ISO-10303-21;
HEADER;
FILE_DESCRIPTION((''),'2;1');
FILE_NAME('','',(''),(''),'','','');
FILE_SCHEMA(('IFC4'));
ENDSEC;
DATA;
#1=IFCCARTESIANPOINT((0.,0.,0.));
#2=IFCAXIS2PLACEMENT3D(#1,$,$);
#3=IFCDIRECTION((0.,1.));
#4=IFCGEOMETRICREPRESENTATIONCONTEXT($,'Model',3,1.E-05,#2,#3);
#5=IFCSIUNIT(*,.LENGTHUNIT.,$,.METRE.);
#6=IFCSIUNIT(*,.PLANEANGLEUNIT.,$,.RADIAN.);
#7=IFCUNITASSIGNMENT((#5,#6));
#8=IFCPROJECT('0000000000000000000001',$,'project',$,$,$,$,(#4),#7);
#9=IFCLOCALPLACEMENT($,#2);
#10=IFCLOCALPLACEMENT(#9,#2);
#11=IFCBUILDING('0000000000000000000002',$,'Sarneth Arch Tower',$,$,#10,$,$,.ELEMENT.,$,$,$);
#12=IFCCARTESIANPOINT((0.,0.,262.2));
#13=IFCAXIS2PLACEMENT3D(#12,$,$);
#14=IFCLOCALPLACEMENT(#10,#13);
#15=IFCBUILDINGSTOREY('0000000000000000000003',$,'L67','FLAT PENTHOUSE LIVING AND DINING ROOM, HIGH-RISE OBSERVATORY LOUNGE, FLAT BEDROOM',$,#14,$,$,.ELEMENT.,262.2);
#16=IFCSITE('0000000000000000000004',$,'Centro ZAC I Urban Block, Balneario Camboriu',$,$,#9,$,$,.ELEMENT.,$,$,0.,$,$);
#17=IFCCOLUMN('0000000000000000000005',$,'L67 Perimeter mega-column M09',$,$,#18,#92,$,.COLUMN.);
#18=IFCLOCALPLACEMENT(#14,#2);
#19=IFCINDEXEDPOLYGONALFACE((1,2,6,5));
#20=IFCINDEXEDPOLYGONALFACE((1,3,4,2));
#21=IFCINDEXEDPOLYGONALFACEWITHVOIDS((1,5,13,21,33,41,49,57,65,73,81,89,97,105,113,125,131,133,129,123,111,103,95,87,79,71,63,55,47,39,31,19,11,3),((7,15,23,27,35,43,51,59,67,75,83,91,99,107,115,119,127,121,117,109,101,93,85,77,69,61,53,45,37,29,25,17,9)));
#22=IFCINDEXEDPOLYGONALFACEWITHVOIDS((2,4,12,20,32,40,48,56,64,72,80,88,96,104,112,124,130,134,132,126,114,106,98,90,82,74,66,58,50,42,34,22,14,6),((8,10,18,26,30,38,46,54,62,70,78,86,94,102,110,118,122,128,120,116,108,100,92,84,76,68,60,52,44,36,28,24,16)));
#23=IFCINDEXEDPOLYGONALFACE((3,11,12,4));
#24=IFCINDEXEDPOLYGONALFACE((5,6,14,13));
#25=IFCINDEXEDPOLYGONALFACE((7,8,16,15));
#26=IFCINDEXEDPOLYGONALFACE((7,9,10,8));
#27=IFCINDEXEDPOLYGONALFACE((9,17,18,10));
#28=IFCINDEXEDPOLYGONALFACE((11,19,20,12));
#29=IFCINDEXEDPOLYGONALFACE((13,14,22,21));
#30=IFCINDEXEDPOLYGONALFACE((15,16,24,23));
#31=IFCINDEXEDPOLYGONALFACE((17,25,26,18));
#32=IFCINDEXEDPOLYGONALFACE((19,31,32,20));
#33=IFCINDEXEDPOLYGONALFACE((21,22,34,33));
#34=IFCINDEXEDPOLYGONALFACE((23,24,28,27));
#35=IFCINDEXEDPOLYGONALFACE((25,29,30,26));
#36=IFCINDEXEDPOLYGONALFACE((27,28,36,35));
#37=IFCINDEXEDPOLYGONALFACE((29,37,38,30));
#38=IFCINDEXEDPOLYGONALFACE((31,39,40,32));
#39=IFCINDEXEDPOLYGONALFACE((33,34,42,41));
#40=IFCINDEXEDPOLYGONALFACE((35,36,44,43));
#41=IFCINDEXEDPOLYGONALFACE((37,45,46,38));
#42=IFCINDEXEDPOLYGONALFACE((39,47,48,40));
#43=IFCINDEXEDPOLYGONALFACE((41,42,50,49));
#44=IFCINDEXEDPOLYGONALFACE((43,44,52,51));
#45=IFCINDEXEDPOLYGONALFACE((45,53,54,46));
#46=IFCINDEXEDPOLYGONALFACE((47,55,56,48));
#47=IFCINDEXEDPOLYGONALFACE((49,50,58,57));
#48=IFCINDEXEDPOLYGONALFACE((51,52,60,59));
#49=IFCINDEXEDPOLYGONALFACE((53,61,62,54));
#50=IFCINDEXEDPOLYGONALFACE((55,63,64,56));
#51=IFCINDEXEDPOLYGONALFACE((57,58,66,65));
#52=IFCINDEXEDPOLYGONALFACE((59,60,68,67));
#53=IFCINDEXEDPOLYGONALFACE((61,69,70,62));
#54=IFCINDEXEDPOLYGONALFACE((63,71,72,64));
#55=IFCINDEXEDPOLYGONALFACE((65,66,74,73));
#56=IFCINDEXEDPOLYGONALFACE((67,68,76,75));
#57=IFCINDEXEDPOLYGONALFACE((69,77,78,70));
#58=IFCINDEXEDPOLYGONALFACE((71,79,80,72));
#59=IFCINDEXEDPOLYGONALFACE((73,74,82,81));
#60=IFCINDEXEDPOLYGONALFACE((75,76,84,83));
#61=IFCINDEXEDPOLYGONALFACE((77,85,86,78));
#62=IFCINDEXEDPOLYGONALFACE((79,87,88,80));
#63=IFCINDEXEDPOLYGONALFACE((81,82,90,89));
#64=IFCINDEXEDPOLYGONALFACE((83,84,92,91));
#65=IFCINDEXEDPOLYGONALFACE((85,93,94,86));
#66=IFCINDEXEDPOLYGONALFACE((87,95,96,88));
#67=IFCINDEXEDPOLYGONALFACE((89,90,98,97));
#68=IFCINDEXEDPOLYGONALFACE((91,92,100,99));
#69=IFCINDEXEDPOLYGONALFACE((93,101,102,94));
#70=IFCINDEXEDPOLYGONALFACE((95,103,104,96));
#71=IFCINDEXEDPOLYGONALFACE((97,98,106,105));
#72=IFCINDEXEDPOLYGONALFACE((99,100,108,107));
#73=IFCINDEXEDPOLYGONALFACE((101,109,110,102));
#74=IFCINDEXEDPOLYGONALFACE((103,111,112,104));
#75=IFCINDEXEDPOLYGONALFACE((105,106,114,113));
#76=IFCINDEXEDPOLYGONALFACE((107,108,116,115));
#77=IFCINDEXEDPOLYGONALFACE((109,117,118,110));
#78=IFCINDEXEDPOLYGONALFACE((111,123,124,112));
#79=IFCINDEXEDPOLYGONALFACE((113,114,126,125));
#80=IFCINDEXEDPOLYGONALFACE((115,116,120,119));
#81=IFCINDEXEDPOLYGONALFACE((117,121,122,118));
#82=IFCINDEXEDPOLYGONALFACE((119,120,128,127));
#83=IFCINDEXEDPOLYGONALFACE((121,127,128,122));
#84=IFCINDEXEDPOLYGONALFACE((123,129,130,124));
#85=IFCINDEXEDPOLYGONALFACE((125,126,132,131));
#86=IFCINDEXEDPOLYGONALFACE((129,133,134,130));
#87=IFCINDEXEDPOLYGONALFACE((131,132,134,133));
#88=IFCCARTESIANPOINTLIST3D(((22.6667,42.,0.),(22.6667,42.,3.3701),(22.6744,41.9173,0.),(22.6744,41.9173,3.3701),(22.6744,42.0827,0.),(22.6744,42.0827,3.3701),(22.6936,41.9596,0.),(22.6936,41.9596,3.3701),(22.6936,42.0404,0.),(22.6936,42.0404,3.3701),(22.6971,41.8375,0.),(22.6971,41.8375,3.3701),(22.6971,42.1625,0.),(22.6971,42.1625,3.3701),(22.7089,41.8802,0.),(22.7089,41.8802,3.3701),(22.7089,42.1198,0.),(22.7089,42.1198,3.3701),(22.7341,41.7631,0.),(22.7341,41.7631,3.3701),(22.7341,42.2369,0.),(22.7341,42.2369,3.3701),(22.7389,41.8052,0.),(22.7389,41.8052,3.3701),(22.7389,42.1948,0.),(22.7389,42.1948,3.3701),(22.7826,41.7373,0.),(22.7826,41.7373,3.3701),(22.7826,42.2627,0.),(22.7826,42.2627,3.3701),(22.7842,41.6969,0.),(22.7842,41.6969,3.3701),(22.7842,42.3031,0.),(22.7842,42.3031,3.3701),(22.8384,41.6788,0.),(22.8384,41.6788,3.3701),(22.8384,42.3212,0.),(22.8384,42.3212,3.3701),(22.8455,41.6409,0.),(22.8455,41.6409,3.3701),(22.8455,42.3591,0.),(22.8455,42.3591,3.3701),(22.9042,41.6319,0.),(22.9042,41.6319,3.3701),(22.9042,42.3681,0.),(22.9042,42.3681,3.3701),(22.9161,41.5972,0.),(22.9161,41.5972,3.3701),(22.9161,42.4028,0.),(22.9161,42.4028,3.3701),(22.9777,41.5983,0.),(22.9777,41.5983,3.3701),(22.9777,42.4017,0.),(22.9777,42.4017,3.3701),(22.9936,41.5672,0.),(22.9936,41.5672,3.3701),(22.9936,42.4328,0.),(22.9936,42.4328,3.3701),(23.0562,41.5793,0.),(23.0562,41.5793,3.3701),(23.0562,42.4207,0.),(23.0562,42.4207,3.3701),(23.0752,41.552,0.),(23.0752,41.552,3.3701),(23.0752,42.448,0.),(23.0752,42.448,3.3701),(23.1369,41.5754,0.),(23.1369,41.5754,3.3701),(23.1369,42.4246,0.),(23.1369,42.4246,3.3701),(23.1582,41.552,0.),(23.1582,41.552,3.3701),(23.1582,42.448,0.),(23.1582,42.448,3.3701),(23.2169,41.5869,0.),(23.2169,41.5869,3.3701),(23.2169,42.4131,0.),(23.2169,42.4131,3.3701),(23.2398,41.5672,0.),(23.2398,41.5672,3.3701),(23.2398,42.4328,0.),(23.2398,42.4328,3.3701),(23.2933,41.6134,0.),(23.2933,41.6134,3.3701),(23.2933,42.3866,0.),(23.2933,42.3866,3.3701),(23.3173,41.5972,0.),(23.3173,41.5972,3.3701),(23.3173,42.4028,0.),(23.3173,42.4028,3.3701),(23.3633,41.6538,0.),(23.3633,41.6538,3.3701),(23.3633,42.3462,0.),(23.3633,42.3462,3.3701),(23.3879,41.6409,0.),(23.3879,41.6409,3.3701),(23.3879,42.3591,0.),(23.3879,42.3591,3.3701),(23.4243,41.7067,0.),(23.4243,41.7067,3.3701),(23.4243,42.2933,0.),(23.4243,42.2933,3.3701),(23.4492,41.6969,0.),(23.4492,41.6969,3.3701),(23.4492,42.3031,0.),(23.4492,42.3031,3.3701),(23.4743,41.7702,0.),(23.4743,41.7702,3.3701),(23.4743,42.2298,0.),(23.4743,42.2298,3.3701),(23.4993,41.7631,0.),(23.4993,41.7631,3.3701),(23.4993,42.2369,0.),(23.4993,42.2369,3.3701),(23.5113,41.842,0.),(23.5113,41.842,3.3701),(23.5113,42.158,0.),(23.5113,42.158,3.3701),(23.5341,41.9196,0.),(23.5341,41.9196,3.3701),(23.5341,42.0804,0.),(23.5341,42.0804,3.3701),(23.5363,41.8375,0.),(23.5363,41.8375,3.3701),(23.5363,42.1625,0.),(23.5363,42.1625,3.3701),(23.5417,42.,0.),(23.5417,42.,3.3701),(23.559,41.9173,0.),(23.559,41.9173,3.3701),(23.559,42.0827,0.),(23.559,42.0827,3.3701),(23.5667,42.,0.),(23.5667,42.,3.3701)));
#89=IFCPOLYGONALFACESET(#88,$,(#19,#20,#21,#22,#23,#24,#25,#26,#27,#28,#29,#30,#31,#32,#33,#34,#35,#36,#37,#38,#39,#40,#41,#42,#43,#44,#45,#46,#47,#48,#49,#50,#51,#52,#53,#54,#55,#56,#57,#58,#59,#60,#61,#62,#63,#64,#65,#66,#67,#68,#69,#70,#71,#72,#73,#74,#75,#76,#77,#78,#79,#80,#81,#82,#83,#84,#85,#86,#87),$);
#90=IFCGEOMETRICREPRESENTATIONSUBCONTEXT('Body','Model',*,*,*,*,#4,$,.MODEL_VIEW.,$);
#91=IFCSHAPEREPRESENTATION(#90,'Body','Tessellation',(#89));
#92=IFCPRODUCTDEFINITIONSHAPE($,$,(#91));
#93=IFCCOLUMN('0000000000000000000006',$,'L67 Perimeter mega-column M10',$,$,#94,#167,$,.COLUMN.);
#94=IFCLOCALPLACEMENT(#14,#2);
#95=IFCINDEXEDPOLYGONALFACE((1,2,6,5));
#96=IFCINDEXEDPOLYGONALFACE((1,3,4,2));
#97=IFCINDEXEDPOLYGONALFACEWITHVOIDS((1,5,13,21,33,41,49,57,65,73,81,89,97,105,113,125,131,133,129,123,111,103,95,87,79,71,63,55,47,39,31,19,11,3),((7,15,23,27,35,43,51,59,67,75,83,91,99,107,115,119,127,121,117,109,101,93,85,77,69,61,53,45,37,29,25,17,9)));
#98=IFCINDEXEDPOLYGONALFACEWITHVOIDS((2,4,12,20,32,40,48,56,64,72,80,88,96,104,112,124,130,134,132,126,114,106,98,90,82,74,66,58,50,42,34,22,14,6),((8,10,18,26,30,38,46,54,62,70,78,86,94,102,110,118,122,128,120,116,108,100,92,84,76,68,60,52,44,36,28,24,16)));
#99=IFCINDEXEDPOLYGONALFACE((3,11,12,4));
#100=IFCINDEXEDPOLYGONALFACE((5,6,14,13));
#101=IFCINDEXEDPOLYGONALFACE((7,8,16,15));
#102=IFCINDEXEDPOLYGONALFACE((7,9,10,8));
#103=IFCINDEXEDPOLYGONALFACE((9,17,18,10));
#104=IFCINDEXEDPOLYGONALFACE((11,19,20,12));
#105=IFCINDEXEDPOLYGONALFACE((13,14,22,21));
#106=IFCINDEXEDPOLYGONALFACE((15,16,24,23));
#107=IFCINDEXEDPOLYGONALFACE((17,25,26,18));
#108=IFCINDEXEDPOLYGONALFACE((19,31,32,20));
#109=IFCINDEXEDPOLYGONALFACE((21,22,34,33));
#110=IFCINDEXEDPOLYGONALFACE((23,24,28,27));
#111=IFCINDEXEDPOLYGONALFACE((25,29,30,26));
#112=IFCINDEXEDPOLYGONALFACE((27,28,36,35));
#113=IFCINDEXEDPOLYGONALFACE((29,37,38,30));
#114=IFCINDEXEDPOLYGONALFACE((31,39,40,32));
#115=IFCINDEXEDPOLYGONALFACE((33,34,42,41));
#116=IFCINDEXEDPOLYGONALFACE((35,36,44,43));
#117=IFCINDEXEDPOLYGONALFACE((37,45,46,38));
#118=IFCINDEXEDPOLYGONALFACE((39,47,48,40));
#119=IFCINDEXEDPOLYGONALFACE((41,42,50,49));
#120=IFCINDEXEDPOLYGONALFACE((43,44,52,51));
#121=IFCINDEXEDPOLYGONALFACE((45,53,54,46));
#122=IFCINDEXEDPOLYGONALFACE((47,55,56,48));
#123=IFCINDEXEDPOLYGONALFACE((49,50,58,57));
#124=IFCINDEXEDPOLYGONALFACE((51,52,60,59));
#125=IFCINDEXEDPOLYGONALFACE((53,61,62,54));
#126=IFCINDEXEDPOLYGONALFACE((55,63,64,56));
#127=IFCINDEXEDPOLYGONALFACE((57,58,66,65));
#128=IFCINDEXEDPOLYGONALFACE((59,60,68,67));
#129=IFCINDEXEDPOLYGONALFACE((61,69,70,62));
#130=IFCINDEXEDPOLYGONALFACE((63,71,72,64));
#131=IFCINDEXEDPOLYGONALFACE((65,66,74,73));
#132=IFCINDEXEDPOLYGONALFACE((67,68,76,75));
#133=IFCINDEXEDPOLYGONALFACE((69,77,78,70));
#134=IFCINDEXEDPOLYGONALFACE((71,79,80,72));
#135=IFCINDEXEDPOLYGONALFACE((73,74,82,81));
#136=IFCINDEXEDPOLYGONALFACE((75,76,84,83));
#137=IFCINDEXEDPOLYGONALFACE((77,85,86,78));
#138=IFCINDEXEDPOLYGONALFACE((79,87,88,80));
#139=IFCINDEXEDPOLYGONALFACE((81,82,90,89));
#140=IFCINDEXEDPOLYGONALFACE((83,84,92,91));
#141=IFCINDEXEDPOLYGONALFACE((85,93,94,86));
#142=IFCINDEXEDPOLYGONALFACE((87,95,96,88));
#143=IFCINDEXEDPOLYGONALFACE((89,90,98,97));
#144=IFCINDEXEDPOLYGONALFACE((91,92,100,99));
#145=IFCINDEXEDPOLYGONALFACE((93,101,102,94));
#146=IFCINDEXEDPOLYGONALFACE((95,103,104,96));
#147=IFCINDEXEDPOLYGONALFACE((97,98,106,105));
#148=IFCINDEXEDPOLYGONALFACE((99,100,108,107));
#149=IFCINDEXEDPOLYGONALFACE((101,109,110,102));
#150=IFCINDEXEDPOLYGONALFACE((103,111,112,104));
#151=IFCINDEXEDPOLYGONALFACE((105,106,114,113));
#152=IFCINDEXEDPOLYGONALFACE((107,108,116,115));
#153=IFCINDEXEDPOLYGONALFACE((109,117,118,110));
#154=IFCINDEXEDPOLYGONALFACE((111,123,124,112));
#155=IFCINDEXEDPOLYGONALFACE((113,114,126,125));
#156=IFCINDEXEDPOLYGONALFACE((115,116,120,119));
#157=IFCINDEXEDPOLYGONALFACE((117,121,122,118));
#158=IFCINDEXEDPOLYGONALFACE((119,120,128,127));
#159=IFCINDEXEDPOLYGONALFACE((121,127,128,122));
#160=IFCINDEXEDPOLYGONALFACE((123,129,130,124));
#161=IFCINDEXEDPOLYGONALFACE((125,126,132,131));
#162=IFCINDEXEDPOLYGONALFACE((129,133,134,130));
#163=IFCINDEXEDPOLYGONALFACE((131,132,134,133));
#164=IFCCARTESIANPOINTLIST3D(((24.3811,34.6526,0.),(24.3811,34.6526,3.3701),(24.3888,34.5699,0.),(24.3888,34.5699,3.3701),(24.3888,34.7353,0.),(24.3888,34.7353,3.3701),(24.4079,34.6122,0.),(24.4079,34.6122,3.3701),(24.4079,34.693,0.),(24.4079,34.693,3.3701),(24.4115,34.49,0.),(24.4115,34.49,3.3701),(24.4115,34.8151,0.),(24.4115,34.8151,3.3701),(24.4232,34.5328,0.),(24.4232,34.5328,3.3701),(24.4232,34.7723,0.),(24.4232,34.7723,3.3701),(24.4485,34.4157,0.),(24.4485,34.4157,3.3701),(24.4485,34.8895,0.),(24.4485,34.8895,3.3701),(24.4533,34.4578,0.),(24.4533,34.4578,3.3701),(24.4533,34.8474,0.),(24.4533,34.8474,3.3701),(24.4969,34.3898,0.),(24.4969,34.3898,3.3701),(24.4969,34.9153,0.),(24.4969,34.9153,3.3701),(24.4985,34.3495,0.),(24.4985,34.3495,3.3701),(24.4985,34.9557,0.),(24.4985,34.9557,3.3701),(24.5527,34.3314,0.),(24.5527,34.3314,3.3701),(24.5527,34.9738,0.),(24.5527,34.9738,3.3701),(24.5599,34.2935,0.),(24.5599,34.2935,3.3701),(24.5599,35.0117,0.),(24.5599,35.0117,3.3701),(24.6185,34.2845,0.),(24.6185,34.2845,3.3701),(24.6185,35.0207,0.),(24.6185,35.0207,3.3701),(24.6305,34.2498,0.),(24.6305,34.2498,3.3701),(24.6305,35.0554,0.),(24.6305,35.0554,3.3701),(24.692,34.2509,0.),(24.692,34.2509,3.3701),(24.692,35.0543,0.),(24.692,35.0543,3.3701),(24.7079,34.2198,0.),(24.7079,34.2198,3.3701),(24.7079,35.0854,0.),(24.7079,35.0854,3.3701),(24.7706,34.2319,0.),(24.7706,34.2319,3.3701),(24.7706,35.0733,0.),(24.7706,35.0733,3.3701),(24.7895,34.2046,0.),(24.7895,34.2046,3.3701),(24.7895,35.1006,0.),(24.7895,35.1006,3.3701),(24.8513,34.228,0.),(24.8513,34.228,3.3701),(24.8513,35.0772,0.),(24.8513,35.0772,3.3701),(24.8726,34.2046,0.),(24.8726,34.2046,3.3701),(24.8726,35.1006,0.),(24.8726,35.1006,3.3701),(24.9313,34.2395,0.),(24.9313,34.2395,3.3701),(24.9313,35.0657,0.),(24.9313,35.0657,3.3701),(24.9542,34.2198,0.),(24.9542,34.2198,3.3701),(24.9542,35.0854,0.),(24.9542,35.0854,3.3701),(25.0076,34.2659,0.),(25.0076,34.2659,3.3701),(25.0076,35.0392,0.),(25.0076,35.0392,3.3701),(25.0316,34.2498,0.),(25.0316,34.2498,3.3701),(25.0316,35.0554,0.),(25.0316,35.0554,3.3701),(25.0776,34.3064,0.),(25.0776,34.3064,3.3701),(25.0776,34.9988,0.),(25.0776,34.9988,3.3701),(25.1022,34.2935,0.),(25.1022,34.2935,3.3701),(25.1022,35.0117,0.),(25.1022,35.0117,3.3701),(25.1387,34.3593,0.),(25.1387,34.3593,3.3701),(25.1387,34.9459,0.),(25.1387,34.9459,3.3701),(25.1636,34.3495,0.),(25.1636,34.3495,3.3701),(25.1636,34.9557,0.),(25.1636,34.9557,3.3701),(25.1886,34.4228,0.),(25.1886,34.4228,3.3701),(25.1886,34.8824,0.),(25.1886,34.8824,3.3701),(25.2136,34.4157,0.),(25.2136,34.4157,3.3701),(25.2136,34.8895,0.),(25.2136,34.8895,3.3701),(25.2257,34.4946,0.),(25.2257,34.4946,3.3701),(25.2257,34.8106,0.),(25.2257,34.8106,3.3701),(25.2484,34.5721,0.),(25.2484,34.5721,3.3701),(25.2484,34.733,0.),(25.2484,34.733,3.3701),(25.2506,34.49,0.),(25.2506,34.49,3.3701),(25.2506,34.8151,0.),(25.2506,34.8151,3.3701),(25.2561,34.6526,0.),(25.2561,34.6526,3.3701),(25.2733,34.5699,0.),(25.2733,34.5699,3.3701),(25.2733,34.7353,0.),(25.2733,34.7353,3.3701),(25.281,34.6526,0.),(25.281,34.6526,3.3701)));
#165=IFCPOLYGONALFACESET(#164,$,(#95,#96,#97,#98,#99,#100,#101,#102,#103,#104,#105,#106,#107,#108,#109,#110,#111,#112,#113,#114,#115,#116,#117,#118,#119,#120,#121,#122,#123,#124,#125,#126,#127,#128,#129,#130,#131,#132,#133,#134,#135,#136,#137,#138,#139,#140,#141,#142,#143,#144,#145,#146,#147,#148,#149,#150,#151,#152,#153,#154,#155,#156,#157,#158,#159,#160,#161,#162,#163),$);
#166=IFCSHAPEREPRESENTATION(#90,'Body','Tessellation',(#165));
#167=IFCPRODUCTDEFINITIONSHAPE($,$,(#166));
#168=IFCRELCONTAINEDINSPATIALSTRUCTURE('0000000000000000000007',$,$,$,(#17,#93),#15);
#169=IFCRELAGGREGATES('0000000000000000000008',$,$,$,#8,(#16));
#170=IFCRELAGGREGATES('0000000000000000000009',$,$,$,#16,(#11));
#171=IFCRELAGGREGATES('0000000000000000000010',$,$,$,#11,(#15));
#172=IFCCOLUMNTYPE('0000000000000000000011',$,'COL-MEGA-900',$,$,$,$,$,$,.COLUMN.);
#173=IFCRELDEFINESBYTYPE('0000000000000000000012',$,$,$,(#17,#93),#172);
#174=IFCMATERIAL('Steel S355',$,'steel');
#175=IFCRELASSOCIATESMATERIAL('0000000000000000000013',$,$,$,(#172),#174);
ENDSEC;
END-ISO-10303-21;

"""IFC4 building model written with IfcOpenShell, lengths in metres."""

from ifc_helpers import new_model, si_unit, direction, frame, origin, origin_2d, place, context, subcontext, project, spatial, hollow_circle, extrude, material, material_profile, profile_set, type_object, element, save


model = new_model("IFC4")

# Units and contexts
model_context = context("Model", 3, precision=1e-05, world=origin(), true_north=direction((0.0, 1.0)))
body_context = subcontext(model_context, "Body", "Model", "MODEL_VIEW")
ifc_project = project(units=[si_unit("LENGTHUNIT", "METRE"), si_unit("PLANEANGLEUNIT", "RADIAN")], contexts=[model_context])

# Site, building, storey
site_placement = place(None, origin())
site = spatial("IfcSite", under=ifc_project, at=site_placement, Name="Centro ZAC I Urban Block, Balneario Camboriu", CompositionType="ELEMENT", RefElevation=0.0)
building_placement = place(site_placement, origin())
building = spatial("IfcBuilding", under=site, at=building_placement, Name="Sarneth Arch Tower", CompositionType="ELEMENT")
storey_placement = place(building_placement, frame((0.0, 0.0, 262.2)))
storey = spatial("IfcBuildingStorey", under=building, at=storey_placement, Name="L67", Description="FLAT PENTHOUSE LIVING AND DINING ROOM, HIGH-RISE OBSERVATORY LOUNGE, FLAT BEDROOM", CompositionType="ELEMENT", Elevation=262.2)

# Columns
ifc_material_1 = material(Name="Steel S355", Category="steel")
ifc_material_profile_1 = material_profile(ifc_material_1, hollow_circle(Radius=0.45, WallThickness=0.0249, at=origin_2d()), Name="CHS900x25")
ifc_profile_set_1 = profile_set([ifc_material_profile_1], Name="Steel S355")
column_type = type_object("IfcColumnType", Name="COL-MEGA-900", PredefinedType="COLUMN", material=ifc_profile_set_1)
for number, where, z_axis, x_axis, name in (
    (1, (23.1167, 42.0, 0.0), (0.0, 0.0, 1.0), (1.0, 0.0, 0.0), "L67 Perimeter mega-column M09"),
    (2, (24.8311, 34.6526, 0.0), (0.0, 0.0, 1.0), (1.0, 0.0, 0.0), "L67 Perimeter mega-column M10"),
):
    element("IfcColumn", number, at=place(storey_placement, frame(where, z_axis=z_axis, x_axis=x_axis)), inside=storey, type_object=column_type, Name=name, PredefinedType="COLUMN", context=body_context, shape_type="SweptSolid", body=[
        extrude(hollow_circle(Radius=0.45, WallThickness=0.0249, at=origin_2d()), origin(), (0.0, 0.0, 1.0), 3.3701),
    ])

save(model, "model.ifc")
